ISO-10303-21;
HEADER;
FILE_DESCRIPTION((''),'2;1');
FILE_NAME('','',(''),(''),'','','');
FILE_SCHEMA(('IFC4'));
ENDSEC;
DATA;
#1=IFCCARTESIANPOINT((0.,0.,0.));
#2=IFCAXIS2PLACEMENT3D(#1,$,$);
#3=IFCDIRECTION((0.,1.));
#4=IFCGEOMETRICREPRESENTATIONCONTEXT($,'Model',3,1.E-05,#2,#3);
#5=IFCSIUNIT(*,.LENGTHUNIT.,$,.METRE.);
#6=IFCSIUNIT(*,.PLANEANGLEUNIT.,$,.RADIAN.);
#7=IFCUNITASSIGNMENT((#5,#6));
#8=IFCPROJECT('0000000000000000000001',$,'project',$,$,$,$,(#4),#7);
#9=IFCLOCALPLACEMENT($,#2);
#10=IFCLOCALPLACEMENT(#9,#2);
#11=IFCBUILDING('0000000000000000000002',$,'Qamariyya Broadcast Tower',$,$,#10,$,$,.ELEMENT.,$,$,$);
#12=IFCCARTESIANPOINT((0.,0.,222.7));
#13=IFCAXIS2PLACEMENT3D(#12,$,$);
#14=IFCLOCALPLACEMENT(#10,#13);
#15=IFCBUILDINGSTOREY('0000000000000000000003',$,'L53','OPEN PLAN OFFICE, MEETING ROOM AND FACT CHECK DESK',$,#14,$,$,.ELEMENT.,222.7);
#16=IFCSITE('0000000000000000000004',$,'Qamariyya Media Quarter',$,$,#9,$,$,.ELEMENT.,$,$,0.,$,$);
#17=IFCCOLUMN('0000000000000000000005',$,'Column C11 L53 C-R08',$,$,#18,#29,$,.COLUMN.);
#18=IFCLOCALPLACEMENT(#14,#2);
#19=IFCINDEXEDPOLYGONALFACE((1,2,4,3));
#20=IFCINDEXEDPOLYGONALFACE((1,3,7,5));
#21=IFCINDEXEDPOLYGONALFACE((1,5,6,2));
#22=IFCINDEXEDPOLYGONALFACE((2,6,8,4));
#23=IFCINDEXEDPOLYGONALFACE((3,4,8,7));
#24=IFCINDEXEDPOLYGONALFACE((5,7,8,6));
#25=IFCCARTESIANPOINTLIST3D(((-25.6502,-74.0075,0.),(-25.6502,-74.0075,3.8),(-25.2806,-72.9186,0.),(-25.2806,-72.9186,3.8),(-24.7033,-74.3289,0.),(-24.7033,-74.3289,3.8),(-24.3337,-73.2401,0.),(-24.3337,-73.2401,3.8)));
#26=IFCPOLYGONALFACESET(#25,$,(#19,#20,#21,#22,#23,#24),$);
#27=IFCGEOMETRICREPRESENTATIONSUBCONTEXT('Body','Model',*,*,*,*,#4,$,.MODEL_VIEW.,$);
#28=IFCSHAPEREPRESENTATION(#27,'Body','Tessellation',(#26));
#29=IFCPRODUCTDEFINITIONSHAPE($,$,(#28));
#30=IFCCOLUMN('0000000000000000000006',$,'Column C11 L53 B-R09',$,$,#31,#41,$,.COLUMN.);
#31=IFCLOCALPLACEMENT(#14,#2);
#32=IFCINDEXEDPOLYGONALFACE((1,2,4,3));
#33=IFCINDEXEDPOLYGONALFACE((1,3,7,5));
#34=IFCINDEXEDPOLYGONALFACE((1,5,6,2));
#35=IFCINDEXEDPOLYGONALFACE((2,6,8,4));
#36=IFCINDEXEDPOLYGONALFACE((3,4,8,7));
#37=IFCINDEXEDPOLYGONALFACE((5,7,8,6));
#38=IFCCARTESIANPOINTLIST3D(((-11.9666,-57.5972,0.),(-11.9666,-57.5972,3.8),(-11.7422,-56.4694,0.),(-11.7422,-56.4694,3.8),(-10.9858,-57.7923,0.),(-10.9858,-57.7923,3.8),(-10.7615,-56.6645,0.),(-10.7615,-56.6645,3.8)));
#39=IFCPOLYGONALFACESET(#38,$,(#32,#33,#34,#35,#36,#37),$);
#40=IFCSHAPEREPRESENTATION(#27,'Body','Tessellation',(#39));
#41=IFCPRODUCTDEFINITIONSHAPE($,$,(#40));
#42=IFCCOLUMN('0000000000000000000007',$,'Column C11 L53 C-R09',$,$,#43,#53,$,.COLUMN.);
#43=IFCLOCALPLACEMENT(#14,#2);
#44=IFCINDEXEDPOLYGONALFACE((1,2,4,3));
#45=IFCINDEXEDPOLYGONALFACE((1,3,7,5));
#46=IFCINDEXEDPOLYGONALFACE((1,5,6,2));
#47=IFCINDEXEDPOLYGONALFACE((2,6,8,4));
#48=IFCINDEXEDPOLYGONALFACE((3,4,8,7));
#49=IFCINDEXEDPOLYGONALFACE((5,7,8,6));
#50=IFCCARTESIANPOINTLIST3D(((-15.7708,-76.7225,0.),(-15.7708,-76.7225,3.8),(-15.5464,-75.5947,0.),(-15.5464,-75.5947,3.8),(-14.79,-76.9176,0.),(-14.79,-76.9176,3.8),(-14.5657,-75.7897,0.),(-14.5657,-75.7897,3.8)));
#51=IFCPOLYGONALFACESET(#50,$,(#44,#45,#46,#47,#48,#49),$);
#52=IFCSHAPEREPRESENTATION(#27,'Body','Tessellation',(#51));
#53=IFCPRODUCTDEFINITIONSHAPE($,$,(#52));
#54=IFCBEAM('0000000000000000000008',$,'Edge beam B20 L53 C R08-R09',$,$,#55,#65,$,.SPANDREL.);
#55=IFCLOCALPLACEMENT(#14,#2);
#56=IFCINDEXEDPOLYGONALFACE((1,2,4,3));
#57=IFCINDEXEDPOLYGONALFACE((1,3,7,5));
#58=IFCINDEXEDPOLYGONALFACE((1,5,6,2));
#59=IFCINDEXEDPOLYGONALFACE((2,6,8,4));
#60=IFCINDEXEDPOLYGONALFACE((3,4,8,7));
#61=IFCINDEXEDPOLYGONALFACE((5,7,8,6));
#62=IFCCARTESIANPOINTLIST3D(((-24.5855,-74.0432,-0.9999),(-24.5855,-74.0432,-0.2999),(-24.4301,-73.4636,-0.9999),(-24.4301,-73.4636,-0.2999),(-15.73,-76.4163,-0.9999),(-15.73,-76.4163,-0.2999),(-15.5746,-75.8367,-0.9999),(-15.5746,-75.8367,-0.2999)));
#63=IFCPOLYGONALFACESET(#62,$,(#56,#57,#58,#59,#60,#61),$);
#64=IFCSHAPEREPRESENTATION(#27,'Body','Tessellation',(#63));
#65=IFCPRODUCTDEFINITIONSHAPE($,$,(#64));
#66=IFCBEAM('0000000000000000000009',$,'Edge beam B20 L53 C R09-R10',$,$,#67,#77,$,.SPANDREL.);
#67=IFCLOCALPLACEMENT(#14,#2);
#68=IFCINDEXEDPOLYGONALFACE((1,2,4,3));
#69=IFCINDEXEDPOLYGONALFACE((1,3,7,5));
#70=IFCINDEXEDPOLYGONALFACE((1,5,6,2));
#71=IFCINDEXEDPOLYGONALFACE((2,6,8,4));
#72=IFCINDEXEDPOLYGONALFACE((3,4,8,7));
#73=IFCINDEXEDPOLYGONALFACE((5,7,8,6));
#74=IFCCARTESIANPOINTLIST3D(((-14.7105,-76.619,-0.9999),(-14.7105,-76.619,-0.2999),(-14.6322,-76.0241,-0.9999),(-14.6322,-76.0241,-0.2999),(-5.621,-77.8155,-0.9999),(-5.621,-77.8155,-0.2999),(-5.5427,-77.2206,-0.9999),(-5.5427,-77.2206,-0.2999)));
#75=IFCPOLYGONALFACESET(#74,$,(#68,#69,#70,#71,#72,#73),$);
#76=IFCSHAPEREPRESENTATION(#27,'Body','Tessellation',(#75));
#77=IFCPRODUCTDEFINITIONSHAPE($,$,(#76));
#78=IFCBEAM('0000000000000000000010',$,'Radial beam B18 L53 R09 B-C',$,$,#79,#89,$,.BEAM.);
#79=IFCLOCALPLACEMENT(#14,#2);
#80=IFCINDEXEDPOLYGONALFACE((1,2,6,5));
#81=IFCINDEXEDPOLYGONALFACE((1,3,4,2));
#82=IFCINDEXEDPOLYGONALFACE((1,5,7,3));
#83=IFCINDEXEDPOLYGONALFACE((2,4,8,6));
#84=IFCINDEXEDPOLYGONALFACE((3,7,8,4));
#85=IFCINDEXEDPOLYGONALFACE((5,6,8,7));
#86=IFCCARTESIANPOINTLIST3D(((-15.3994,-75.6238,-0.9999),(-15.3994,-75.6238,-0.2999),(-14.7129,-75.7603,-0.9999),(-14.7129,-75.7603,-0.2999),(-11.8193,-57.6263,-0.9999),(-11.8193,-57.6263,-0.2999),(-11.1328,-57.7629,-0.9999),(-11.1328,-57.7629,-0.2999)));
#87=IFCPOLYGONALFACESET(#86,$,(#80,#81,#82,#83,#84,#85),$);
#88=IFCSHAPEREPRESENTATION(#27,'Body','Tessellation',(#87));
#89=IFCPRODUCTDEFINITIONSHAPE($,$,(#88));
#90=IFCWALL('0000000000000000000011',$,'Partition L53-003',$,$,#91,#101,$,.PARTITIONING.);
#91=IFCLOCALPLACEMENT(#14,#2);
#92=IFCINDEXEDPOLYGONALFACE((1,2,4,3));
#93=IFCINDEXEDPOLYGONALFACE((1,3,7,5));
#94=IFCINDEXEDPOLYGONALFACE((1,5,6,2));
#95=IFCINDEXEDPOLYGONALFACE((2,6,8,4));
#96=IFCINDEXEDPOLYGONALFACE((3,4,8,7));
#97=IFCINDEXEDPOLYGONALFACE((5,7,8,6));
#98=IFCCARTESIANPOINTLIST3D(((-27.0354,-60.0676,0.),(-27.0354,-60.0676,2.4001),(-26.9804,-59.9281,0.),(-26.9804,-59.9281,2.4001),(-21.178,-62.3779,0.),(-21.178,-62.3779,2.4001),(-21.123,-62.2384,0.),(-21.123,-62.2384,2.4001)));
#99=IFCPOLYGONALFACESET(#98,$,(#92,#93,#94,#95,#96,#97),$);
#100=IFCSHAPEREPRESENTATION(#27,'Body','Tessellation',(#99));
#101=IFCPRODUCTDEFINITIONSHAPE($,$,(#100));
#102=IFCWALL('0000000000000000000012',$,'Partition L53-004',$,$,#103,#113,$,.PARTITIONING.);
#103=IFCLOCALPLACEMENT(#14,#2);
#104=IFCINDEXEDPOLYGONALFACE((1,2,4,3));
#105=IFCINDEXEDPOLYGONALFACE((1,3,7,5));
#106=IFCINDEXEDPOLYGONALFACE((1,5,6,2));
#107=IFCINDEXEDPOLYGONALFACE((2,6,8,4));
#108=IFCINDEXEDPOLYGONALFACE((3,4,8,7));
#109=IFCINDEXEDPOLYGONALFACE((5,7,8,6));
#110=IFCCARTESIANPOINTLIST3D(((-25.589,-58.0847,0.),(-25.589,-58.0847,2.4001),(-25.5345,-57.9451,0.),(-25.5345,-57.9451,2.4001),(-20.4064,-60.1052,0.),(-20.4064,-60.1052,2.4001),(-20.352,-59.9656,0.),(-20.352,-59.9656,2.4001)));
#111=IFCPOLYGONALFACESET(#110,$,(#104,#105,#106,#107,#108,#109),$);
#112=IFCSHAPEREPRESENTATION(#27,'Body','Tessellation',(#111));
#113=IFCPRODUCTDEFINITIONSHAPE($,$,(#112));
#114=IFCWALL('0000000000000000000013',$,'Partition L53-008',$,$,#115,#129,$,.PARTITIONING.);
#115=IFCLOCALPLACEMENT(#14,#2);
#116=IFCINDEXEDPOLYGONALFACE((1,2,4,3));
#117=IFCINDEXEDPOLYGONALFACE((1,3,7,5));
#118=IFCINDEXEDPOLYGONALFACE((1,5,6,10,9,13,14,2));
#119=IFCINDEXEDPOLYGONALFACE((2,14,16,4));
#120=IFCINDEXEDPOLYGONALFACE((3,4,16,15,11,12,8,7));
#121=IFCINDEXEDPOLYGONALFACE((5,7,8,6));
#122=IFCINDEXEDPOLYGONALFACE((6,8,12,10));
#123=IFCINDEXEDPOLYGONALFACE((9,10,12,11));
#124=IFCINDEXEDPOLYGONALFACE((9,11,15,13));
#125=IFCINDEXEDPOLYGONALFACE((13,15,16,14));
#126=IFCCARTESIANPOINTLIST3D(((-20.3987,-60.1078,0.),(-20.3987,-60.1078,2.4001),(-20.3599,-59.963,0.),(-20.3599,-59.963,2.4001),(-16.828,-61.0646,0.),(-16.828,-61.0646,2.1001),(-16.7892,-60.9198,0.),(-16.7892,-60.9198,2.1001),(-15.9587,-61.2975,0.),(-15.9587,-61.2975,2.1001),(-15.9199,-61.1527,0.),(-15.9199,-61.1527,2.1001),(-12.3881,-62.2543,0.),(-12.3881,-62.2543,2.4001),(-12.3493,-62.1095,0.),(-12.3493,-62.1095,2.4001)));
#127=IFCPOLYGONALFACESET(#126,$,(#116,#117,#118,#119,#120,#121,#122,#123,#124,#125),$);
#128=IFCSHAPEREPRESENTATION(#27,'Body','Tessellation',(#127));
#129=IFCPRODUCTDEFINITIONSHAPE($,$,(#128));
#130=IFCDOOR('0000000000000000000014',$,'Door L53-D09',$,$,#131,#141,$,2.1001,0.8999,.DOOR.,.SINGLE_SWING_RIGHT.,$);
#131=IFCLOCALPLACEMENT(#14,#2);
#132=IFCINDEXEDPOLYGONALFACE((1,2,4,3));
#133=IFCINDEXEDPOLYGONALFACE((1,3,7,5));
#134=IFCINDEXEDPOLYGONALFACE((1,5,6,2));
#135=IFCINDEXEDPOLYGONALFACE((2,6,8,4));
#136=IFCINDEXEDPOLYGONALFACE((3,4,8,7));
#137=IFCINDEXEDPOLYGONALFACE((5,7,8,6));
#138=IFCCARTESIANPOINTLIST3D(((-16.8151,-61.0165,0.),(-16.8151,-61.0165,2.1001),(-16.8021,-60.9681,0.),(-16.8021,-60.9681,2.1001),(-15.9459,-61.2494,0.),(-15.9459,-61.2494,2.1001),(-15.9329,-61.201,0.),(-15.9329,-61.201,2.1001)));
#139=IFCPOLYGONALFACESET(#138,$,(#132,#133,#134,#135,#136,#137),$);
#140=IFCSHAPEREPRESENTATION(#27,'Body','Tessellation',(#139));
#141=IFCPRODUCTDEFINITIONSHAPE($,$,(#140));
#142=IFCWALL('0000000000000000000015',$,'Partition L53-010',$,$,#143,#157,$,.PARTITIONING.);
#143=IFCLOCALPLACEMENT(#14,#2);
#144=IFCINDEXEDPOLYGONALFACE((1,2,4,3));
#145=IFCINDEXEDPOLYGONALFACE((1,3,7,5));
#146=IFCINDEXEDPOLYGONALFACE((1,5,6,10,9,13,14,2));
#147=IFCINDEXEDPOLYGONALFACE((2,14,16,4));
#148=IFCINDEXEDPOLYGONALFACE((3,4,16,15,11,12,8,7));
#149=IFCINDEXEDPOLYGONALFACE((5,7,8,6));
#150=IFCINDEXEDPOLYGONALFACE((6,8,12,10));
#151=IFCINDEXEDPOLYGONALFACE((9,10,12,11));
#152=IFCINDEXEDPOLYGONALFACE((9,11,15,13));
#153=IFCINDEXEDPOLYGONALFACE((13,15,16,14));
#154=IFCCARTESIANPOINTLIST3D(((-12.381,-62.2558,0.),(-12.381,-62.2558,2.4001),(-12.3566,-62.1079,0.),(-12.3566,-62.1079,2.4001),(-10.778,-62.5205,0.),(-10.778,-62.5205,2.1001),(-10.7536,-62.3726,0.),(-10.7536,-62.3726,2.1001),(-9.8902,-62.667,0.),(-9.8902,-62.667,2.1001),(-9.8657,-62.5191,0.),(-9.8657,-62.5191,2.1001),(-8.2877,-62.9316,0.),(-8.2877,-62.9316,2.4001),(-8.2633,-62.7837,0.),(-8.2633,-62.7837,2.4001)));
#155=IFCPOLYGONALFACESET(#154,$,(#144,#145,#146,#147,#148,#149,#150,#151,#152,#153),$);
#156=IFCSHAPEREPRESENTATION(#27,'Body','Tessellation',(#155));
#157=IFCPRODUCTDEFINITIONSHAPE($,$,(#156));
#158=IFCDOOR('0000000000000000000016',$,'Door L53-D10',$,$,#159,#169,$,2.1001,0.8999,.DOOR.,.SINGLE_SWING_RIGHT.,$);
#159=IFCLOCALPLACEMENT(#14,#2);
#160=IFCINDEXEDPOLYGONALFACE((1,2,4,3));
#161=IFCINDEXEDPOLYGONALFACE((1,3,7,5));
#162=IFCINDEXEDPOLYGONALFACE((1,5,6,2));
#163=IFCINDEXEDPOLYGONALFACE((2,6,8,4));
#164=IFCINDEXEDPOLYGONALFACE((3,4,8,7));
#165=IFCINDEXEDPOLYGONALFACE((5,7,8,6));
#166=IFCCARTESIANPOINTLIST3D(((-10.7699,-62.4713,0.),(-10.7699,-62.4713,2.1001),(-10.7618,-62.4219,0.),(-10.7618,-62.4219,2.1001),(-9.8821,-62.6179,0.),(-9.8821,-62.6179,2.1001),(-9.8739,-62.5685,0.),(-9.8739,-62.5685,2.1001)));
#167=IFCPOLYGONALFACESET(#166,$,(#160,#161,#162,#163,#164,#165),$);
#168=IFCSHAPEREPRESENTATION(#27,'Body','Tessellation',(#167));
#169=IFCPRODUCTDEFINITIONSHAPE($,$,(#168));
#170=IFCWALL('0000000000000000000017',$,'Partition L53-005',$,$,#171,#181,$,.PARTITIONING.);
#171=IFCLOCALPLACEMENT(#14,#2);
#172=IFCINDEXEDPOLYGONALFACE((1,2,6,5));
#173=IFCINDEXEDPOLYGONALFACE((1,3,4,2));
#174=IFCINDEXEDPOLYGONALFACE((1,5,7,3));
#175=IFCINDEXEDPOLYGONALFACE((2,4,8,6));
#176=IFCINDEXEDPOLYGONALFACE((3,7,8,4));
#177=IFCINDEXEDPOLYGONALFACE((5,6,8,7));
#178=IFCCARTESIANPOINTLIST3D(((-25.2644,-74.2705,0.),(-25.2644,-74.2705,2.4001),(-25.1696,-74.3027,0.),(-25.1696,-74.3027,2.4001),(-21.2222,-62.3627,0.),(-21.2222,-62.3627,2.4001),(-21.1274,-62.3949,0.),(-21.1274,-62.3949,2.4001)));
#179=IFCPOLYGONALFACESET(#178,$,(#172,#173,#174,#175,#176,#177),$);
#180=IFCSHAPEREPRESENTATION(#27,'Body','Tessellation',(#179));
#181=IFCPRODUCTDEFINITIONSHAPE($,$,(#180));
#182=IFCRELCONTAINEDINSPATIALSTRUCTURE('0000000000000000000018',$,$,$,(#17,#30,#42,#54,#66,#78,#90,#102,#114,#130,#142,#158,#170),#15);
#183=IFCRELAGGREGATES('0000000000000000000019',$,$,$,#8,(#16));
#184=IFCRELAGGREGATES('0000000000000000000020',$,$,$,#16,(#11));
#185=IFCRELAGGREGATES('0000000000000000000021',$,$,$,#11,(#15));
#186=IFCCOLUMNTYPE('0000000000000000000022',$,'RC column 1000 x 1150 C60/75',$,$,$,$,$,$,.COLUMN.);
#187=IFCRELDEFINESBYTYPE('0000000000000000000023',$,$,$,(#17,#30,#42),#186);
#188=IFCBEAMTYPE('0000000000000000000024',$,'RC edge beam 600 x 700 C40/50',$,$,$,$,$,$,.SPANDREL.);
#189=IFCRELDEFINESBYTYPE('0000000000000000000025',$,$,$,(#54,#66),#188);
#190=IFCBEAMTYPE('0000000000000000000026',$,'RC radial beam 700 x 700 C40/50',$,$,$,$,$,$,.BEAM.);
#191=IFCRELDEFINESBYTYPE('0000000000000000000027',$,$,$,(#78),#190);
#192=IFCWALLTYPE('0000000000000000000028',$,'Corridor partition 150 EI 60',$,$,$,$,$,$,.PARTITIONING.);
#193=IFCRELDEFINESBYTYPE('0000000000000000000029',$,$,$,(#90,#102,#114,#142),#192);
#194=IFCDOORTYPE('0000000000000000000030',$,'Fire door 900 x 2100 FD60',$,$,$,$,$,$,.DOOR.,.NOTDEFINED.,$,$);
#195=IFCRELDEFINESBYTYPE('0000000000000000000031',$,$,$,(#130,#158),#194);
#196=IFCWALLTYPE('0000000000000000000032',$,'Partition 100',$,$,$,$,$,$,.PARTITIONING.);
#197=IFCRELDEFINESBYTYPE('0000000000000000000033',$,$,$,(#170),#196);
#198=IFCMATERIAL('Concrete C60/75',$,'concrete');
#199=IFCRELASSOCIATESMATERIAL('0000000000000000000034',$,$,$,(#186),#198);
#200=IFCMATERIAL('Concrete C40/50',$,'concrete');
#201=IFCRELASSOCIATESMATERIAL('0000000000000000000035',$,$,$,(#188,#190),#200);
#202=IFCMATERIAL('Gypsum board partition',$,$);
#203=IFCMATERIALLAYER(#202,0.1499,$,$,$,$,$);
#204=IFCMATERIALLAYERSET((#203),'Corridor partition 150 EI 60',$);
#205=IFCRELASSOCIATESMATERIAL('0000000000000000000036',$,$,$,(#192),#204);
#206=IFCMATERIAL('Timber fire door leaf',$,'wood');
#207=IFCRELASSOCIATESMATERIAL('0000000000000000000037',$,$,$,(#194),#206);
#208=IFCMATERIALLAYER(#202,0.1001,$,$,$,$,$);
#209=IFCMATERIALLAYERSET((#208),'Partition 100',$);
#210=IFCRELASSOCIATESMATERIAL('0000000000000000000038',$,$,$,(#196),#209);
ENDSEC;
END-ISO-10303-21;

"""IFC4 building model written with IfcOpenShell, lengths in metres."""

from ifc_helpers import new_model, si_unit, direction, frame, frame_2d, origin, origin_2d, place, context, subcontext, project, spatial, rectangle, extrude, material, layer, layer_set, material_profile, profile_set, type_object, element, fill, save


model = new_model("IFC4")

# Units and contexts
model_context = context("Model", 3, precision=1e-05, world=origin(), true_north=direction((0.0, 1.0)))
body_context = subcontext(model_context, "Body", "Model", "MODEL_VIEW")
ifc_project = project(units=[si_unit("LENGTHUNIT", "METRE"), si_unit("PLANEANGLEUNIT", "RADIAN")], contexts=[model_context])

# Site, building, storey
site_placement = place(None, origin())
site = spatial("IfcSite", under=ifc_project, at=site_placement, Name="Qamariyya Media Quarter", CompositionType="ELEMENT", RefElevation=0.0)
building_placement = place(site_placement, origin())
building = spatial("IfcBuilding", under=site, at=building_placement, Name="Qamariyya Broadcast Tower", CompositionType="ELEMENT")
storey_placement = place(building_placement, frame((0.0, 0.0, 222.7)))
storey = spatial("IfcBuildingStorey", under=building, at=storey_placement, Name="L53", Description="OPEN PLAN OFFICE, MEETING ROOM AND FACT CHECK DESK", CompositionType="ELEMENT", Elevation=222.7)

# Columns
ifc_material_1 = material(Name="Concrete C60/75", Category="concrete")
ifc_material_profile_1 = material_profile(ifc_material_1, rectangle(XDim=1.0, YDim=1.1499, at=origin_2d()))
ifc_profile_set_1 = profile_set([ifc_material_profile_1], Name="Concrete C60/75")
column_type = type_object("IfcColumnType", Name="RC column 1000 x 1150 C60/75", PredefinedType="COLUMN", material=ifc_profile_set_1)
for number, where, z_axis, x_axis, name in (
    (1, (-24.9919, -73.6238, 0.0), (0.0, 0.0, 1.0), (0.94693, -0.321439, 0.0), "Column C11 L53 C-R08"),
    (2, (-11.364, -57.1309, 0.0), (0.0, 0.0, 1.0), (0.980785, -0.19509, 0.0), "Column C11 L53 B-R09"),
    (3, (-15.1682, -76.2561, 0.0), (0.0, 0.0, 1.0), (0.980785, -0.19509, 0.0), "Column C11 L53 C-R09"),
):
    element("IfcColumn", number, at=place(storey_placement, frame(where, z_axis=z_axis, x_axis=x_axis)), inside=storey, type_object=column_type, Name=name, PredefinedType="COLUMN", context=body_context, shape_type="SweptSolid", body=[
        extrude(rectangle(XDim=1.0, YDim=1.1499, at=origin_2d()), origin(), (0.0, 0.0, 1.0), 3.8),
    ])

# Beams
ifc_material_2 = material(Name="Concrete C40/50", Category="concrete")
ifc_material_profile_2 = material_profile(ifc_material_2, rectangle(XDim=0.6001, YDim=0.7, at=origin_2d()))
ifc_profile_set_2 = profile_set([ifc_material_profile_2], Name="Concrete C40/50")
beam_type_1 = type_object("IfcBeamType", Name="RC edge beam 600 x 700 C40/50", PredefinedType="SPANDREL", material=ifc_profile_set_2)
for number, where, z_axis, x_axis, name in (
    (4, (-24.5078, -73.7534, -0.6499), (0.96592, -0.258843, 0.0), (0.258843, 0.96592, 0.0), "Edge beam B20 L53 C R08-R09"),
    (5, (-14.6714, -76.3215, -0.6499), (0.991447, -0.130512, 0.0), (0.130512, 0.991447, 0.0), "Edge beam B20 L53 C R09-R10"),
):
    element("IfcBeam", number, at=place(storey_placement, frame(where, z_axis=z_axis, x_axis=x_axis)), inside=storey, type_object=beam_type_1, Name=name, PredefinedType="SPANDREL", context=body_context, shape_type="SweptSolid", body=[
        extrude(rectangle(XDim=0.6001, YDim=0.7, at=origin_2d()), origin(), (0.0, 0.0, 1.0), 9.168),
    ])
ifc_material_profile_3 = material_profile(ifc_material_2, rectangle(XDim=0.7, YDim=0.7, at=origin_2d()))
ifc_profile_set_3 = profile_set([ifc_material_profile_3], Name="Concrete C40/50")
beam_type_2 = type_object("IfcBeamType", Name="RC radial beam 700 x 700 C40/50", PredefinedType="BEAM", material=ifc_profile_set_3)
beam_placement = place(storey_placement, frame((-11.4761, -57.6946, -0.6499), z_axis=(-0.195098, -0.980784, 0.0), x_axis=(0.980784, -0.195098, 0.0)))
element("IfcBeam", 6, at=beam_placement, inside=storey, type_object=beam_type_2, Name="Radial beam B18 L53 R09 B-C", PredefinedType="BEAM", context=body_context, shape_type="SweptSolid", body=[
    extrude(rectangle(XDim=0.7, YDim=0.7, at=origin_2d()), origin(), (0.0, 0.0, 1.0), 18.3501),
])

# Walls
ifc_material_3 = material(Name="Gypsum board partition")
ifc_layer_1 = layer(ifc_material_3, 0.1499)
ifc_layer_set_1 = layer_set([ifc_layer_1], Name="Corridor partition 150 EI 60")
wall_type_1 = type_object("IfcWallType", Name="Corridor partition 150 EI 60", PredefinedType="PARTITIONING", material=ifc_layer_set_1)
wall_1_placement = place(storey_placement, frame((-27.0081, -59.9978, 0.0), z_axis=(0.0, 0.0, 1.0), x_axis=(0.930255, -0.366914, 0.0)))
element("IfcWall", 7, at=wall_1_placement, inside=storey, type_object=wall_type_1, Name="Partition L53-003", PredefinedType="PARTITIONING", context=body_context, shape_type="SweptSolid", body=[
    extrude(rectangle(XDim=6.2966, YDim=0.1499, at=frame_2d((3.1484, 0.0))), origin(), (0.0, 0.0, 1.0), 2.4001),
])
wall_2_placement = place(storey_placement, frame((-25.5618, -58.0149, 0.0), z_axis=(0.0, 0.0, 1.0), x_axis=(0.931698, -0.363234, 0.0)))
element("IfcWall", 8, at=wall_2_placement, inside=storey, type_object=wall_type_1, Name="Partition L53-004", PredefinedType="PARTITIONING", context=body_context, shape_type="SweptSolid", body=[
    extrude(rectangle(XDim=5.5625, YDim=0.1499, at=frame_2d((2.7812, 0.0))), origin(), (0.0, 0.0, 1.0), 2.4001),
])

# Walls, openings, doors
wall_3_placement = place(storey_placement, frame((-20.3792, -60.0354, 0.0), z_axis=(0.0, 0.0, 1.0), x_axis=(0.965923, -0.258828, 0.0)))
wall_3 = element("IfcWall", 9, at=wall_3_placement, inside=storey, type_object=wall_type_1, Name="Partition L53-008", PredefinedType="PARTITIONING", context=body_context, shape_type="SweptSolid", body=[
    extrude(rectangle(XDim=8.2932, YDim=0.1499, at=frame_2d((4.1465, 0.0))), origin(), (0.0, 0.0, 1.0), 2.4001),
])
opening_1_placement = place(wall_3_placement, frame((3.6965, 0.0, 0.0)))
opening_1 = element("IfcOpeningElement", 10, at=opening_1_placement, cuts=wall_3, PredefinedType="OPENING", context=body_context, shape_type="SweptSolid", body=[
    extrude(rectangle(XDim=0.8999, YDim=2.1001, at=frame_2d((0.45, 1.05))), frame((0.0, 0.085, 0.0), z_axis=(0.0, -1.0, 0.0), x_axis=(1.0, 0.0, 0.0)), (0.0, 0.0, 1.0), 0.1699),
])
ifc_material_4 = material(Name="Timber fire door leaf", Category="wood")
door_type = type_object("IfcDoorType", Name="Fire door 900 x 2100 FD60", OperationType="NOTDEFINED", PredefinedType="DOOR", material=ifc_material_4)
door_1_placement = place(opening_1_placement, origin())
door_1 = element("IfcDoor", 11, at=door_1_placement, inside=storey, type_object=door_type, Name="Door L53-D09", OperationType="SINGLE_SWING_RIGHT", OverallHeight=2.1001, OverallWidth=0.8999, PredefinedType="DOOR", context=body_context, shape_type="SweptSolid", body=[
    extrude(rectangle(XDim=0.8999, YDim=2.1001, at=frame_2d((0.45, 1.05))), frame((0.0, 0.0249, 0.0), z_axis=(0.0, -1.0, 0.0), x_axis=(1.0, 0.0, 0.0)), (0.0, 0.0, 1.0), 0.05),
])
fill(opening_1, door_1)
wall_4_placement = place(storey_placement, frame((-12.3687, -62.1819, 0.0), z_axis=(0.0, 0.0, 1.0), x_axis=(0.986644, -0.162891, 0.0)))
wall_4 = element("IfcWall", 12, at=wall_4_placement, inside=storey, type_object=wall_type_1, Name="Partition L53-010", PredefinedType="PARTITIONING", context=body_context, shape_type="SweptSolid", body=[
    extrude(rectangle(XDim=4.1487, YDim=0.1499, at=frame_2d((2.0742, 0.0))), origin(), (0.0, 0.0, 1.0), 2.4001),
])
opening_2_placement = place(wall_4_placement, frame((1.6245, 0.0, 0.0)))
opening_2 = element("IfcOpeningElement", 13, at=opening_2_placement, cuts=wall_4, PredefinedType="OPENING", context=body_context, shape_type="SweptSolid", body=[
    extrude(rectangle(XDim=0.8999, YDim=2.1001, at=frame_2d((0.45, 1.05))), frame((0.0, 0.085, 0.0), z_axis=(0.0, -1.0, 0.0), x_axis=(1.0, 0.0, 0.0)), (0.0, 0.0, 1.0), 0.1699),
])
door_2_placement = place(opening_2_placement, origin())
door_2 = element("IfcDoor", 14, at=door_2_placement, inside=storey, type_object=door_type, Name="Door L53-D10", OperationType="SINGLE_SWING_RIGHT", OverallHeight=2.1001, OverallWidth=0.8999, PredefinedType="DOOR", context=body_context, shape_type="SweptSolid", body=[
    extrude(rectangle(XDim=0.8999, YDim=2.1001, at=frame_2d((0.45, 1.05))), frame((0.0, 0.0249, 0.0), z_axis=(0.0, -1.0, 0.0), x_axis=(1.0, 0.0, 0.0)), (0.0, 0.0, 1.0), 0.05),
])
fill(opening_2, door_2)

# Wall
ifc_layer_2 = layer(ifc_material_3, 0.1001)
ifc_layer_set_2 = layer_set([ifc_layer_2], Name="Partition 100")
wall_type_2 = type_object("IfcWallType", Name="Partition 100", PredefinedType="PARTITIONING", material=ifc_layer_set_2)
wall_5_placement = place(storey_placement, frame((-25.217, -74.2866, 0.0), z_axis=(0.0, 0.0, 1.0), x_axis=(0.321447, 0.946927, 0.0)))
element("IfcWall", 15, at=wall_5_placement, inside=storey, type_object=wall_type_2, Name="Partition L53-005", PredefinedType="PARTITIONING", context=body_context, shape_type="SweptSolid", body=[
    extrude(rectangle(XDim=12.5752, YDim=0.1001, at=frame_2d((6.2876, 0.0))), origin(), (0.0, 0.0, 1.0), 2.4001),
])

save(model, "model.ifc")
